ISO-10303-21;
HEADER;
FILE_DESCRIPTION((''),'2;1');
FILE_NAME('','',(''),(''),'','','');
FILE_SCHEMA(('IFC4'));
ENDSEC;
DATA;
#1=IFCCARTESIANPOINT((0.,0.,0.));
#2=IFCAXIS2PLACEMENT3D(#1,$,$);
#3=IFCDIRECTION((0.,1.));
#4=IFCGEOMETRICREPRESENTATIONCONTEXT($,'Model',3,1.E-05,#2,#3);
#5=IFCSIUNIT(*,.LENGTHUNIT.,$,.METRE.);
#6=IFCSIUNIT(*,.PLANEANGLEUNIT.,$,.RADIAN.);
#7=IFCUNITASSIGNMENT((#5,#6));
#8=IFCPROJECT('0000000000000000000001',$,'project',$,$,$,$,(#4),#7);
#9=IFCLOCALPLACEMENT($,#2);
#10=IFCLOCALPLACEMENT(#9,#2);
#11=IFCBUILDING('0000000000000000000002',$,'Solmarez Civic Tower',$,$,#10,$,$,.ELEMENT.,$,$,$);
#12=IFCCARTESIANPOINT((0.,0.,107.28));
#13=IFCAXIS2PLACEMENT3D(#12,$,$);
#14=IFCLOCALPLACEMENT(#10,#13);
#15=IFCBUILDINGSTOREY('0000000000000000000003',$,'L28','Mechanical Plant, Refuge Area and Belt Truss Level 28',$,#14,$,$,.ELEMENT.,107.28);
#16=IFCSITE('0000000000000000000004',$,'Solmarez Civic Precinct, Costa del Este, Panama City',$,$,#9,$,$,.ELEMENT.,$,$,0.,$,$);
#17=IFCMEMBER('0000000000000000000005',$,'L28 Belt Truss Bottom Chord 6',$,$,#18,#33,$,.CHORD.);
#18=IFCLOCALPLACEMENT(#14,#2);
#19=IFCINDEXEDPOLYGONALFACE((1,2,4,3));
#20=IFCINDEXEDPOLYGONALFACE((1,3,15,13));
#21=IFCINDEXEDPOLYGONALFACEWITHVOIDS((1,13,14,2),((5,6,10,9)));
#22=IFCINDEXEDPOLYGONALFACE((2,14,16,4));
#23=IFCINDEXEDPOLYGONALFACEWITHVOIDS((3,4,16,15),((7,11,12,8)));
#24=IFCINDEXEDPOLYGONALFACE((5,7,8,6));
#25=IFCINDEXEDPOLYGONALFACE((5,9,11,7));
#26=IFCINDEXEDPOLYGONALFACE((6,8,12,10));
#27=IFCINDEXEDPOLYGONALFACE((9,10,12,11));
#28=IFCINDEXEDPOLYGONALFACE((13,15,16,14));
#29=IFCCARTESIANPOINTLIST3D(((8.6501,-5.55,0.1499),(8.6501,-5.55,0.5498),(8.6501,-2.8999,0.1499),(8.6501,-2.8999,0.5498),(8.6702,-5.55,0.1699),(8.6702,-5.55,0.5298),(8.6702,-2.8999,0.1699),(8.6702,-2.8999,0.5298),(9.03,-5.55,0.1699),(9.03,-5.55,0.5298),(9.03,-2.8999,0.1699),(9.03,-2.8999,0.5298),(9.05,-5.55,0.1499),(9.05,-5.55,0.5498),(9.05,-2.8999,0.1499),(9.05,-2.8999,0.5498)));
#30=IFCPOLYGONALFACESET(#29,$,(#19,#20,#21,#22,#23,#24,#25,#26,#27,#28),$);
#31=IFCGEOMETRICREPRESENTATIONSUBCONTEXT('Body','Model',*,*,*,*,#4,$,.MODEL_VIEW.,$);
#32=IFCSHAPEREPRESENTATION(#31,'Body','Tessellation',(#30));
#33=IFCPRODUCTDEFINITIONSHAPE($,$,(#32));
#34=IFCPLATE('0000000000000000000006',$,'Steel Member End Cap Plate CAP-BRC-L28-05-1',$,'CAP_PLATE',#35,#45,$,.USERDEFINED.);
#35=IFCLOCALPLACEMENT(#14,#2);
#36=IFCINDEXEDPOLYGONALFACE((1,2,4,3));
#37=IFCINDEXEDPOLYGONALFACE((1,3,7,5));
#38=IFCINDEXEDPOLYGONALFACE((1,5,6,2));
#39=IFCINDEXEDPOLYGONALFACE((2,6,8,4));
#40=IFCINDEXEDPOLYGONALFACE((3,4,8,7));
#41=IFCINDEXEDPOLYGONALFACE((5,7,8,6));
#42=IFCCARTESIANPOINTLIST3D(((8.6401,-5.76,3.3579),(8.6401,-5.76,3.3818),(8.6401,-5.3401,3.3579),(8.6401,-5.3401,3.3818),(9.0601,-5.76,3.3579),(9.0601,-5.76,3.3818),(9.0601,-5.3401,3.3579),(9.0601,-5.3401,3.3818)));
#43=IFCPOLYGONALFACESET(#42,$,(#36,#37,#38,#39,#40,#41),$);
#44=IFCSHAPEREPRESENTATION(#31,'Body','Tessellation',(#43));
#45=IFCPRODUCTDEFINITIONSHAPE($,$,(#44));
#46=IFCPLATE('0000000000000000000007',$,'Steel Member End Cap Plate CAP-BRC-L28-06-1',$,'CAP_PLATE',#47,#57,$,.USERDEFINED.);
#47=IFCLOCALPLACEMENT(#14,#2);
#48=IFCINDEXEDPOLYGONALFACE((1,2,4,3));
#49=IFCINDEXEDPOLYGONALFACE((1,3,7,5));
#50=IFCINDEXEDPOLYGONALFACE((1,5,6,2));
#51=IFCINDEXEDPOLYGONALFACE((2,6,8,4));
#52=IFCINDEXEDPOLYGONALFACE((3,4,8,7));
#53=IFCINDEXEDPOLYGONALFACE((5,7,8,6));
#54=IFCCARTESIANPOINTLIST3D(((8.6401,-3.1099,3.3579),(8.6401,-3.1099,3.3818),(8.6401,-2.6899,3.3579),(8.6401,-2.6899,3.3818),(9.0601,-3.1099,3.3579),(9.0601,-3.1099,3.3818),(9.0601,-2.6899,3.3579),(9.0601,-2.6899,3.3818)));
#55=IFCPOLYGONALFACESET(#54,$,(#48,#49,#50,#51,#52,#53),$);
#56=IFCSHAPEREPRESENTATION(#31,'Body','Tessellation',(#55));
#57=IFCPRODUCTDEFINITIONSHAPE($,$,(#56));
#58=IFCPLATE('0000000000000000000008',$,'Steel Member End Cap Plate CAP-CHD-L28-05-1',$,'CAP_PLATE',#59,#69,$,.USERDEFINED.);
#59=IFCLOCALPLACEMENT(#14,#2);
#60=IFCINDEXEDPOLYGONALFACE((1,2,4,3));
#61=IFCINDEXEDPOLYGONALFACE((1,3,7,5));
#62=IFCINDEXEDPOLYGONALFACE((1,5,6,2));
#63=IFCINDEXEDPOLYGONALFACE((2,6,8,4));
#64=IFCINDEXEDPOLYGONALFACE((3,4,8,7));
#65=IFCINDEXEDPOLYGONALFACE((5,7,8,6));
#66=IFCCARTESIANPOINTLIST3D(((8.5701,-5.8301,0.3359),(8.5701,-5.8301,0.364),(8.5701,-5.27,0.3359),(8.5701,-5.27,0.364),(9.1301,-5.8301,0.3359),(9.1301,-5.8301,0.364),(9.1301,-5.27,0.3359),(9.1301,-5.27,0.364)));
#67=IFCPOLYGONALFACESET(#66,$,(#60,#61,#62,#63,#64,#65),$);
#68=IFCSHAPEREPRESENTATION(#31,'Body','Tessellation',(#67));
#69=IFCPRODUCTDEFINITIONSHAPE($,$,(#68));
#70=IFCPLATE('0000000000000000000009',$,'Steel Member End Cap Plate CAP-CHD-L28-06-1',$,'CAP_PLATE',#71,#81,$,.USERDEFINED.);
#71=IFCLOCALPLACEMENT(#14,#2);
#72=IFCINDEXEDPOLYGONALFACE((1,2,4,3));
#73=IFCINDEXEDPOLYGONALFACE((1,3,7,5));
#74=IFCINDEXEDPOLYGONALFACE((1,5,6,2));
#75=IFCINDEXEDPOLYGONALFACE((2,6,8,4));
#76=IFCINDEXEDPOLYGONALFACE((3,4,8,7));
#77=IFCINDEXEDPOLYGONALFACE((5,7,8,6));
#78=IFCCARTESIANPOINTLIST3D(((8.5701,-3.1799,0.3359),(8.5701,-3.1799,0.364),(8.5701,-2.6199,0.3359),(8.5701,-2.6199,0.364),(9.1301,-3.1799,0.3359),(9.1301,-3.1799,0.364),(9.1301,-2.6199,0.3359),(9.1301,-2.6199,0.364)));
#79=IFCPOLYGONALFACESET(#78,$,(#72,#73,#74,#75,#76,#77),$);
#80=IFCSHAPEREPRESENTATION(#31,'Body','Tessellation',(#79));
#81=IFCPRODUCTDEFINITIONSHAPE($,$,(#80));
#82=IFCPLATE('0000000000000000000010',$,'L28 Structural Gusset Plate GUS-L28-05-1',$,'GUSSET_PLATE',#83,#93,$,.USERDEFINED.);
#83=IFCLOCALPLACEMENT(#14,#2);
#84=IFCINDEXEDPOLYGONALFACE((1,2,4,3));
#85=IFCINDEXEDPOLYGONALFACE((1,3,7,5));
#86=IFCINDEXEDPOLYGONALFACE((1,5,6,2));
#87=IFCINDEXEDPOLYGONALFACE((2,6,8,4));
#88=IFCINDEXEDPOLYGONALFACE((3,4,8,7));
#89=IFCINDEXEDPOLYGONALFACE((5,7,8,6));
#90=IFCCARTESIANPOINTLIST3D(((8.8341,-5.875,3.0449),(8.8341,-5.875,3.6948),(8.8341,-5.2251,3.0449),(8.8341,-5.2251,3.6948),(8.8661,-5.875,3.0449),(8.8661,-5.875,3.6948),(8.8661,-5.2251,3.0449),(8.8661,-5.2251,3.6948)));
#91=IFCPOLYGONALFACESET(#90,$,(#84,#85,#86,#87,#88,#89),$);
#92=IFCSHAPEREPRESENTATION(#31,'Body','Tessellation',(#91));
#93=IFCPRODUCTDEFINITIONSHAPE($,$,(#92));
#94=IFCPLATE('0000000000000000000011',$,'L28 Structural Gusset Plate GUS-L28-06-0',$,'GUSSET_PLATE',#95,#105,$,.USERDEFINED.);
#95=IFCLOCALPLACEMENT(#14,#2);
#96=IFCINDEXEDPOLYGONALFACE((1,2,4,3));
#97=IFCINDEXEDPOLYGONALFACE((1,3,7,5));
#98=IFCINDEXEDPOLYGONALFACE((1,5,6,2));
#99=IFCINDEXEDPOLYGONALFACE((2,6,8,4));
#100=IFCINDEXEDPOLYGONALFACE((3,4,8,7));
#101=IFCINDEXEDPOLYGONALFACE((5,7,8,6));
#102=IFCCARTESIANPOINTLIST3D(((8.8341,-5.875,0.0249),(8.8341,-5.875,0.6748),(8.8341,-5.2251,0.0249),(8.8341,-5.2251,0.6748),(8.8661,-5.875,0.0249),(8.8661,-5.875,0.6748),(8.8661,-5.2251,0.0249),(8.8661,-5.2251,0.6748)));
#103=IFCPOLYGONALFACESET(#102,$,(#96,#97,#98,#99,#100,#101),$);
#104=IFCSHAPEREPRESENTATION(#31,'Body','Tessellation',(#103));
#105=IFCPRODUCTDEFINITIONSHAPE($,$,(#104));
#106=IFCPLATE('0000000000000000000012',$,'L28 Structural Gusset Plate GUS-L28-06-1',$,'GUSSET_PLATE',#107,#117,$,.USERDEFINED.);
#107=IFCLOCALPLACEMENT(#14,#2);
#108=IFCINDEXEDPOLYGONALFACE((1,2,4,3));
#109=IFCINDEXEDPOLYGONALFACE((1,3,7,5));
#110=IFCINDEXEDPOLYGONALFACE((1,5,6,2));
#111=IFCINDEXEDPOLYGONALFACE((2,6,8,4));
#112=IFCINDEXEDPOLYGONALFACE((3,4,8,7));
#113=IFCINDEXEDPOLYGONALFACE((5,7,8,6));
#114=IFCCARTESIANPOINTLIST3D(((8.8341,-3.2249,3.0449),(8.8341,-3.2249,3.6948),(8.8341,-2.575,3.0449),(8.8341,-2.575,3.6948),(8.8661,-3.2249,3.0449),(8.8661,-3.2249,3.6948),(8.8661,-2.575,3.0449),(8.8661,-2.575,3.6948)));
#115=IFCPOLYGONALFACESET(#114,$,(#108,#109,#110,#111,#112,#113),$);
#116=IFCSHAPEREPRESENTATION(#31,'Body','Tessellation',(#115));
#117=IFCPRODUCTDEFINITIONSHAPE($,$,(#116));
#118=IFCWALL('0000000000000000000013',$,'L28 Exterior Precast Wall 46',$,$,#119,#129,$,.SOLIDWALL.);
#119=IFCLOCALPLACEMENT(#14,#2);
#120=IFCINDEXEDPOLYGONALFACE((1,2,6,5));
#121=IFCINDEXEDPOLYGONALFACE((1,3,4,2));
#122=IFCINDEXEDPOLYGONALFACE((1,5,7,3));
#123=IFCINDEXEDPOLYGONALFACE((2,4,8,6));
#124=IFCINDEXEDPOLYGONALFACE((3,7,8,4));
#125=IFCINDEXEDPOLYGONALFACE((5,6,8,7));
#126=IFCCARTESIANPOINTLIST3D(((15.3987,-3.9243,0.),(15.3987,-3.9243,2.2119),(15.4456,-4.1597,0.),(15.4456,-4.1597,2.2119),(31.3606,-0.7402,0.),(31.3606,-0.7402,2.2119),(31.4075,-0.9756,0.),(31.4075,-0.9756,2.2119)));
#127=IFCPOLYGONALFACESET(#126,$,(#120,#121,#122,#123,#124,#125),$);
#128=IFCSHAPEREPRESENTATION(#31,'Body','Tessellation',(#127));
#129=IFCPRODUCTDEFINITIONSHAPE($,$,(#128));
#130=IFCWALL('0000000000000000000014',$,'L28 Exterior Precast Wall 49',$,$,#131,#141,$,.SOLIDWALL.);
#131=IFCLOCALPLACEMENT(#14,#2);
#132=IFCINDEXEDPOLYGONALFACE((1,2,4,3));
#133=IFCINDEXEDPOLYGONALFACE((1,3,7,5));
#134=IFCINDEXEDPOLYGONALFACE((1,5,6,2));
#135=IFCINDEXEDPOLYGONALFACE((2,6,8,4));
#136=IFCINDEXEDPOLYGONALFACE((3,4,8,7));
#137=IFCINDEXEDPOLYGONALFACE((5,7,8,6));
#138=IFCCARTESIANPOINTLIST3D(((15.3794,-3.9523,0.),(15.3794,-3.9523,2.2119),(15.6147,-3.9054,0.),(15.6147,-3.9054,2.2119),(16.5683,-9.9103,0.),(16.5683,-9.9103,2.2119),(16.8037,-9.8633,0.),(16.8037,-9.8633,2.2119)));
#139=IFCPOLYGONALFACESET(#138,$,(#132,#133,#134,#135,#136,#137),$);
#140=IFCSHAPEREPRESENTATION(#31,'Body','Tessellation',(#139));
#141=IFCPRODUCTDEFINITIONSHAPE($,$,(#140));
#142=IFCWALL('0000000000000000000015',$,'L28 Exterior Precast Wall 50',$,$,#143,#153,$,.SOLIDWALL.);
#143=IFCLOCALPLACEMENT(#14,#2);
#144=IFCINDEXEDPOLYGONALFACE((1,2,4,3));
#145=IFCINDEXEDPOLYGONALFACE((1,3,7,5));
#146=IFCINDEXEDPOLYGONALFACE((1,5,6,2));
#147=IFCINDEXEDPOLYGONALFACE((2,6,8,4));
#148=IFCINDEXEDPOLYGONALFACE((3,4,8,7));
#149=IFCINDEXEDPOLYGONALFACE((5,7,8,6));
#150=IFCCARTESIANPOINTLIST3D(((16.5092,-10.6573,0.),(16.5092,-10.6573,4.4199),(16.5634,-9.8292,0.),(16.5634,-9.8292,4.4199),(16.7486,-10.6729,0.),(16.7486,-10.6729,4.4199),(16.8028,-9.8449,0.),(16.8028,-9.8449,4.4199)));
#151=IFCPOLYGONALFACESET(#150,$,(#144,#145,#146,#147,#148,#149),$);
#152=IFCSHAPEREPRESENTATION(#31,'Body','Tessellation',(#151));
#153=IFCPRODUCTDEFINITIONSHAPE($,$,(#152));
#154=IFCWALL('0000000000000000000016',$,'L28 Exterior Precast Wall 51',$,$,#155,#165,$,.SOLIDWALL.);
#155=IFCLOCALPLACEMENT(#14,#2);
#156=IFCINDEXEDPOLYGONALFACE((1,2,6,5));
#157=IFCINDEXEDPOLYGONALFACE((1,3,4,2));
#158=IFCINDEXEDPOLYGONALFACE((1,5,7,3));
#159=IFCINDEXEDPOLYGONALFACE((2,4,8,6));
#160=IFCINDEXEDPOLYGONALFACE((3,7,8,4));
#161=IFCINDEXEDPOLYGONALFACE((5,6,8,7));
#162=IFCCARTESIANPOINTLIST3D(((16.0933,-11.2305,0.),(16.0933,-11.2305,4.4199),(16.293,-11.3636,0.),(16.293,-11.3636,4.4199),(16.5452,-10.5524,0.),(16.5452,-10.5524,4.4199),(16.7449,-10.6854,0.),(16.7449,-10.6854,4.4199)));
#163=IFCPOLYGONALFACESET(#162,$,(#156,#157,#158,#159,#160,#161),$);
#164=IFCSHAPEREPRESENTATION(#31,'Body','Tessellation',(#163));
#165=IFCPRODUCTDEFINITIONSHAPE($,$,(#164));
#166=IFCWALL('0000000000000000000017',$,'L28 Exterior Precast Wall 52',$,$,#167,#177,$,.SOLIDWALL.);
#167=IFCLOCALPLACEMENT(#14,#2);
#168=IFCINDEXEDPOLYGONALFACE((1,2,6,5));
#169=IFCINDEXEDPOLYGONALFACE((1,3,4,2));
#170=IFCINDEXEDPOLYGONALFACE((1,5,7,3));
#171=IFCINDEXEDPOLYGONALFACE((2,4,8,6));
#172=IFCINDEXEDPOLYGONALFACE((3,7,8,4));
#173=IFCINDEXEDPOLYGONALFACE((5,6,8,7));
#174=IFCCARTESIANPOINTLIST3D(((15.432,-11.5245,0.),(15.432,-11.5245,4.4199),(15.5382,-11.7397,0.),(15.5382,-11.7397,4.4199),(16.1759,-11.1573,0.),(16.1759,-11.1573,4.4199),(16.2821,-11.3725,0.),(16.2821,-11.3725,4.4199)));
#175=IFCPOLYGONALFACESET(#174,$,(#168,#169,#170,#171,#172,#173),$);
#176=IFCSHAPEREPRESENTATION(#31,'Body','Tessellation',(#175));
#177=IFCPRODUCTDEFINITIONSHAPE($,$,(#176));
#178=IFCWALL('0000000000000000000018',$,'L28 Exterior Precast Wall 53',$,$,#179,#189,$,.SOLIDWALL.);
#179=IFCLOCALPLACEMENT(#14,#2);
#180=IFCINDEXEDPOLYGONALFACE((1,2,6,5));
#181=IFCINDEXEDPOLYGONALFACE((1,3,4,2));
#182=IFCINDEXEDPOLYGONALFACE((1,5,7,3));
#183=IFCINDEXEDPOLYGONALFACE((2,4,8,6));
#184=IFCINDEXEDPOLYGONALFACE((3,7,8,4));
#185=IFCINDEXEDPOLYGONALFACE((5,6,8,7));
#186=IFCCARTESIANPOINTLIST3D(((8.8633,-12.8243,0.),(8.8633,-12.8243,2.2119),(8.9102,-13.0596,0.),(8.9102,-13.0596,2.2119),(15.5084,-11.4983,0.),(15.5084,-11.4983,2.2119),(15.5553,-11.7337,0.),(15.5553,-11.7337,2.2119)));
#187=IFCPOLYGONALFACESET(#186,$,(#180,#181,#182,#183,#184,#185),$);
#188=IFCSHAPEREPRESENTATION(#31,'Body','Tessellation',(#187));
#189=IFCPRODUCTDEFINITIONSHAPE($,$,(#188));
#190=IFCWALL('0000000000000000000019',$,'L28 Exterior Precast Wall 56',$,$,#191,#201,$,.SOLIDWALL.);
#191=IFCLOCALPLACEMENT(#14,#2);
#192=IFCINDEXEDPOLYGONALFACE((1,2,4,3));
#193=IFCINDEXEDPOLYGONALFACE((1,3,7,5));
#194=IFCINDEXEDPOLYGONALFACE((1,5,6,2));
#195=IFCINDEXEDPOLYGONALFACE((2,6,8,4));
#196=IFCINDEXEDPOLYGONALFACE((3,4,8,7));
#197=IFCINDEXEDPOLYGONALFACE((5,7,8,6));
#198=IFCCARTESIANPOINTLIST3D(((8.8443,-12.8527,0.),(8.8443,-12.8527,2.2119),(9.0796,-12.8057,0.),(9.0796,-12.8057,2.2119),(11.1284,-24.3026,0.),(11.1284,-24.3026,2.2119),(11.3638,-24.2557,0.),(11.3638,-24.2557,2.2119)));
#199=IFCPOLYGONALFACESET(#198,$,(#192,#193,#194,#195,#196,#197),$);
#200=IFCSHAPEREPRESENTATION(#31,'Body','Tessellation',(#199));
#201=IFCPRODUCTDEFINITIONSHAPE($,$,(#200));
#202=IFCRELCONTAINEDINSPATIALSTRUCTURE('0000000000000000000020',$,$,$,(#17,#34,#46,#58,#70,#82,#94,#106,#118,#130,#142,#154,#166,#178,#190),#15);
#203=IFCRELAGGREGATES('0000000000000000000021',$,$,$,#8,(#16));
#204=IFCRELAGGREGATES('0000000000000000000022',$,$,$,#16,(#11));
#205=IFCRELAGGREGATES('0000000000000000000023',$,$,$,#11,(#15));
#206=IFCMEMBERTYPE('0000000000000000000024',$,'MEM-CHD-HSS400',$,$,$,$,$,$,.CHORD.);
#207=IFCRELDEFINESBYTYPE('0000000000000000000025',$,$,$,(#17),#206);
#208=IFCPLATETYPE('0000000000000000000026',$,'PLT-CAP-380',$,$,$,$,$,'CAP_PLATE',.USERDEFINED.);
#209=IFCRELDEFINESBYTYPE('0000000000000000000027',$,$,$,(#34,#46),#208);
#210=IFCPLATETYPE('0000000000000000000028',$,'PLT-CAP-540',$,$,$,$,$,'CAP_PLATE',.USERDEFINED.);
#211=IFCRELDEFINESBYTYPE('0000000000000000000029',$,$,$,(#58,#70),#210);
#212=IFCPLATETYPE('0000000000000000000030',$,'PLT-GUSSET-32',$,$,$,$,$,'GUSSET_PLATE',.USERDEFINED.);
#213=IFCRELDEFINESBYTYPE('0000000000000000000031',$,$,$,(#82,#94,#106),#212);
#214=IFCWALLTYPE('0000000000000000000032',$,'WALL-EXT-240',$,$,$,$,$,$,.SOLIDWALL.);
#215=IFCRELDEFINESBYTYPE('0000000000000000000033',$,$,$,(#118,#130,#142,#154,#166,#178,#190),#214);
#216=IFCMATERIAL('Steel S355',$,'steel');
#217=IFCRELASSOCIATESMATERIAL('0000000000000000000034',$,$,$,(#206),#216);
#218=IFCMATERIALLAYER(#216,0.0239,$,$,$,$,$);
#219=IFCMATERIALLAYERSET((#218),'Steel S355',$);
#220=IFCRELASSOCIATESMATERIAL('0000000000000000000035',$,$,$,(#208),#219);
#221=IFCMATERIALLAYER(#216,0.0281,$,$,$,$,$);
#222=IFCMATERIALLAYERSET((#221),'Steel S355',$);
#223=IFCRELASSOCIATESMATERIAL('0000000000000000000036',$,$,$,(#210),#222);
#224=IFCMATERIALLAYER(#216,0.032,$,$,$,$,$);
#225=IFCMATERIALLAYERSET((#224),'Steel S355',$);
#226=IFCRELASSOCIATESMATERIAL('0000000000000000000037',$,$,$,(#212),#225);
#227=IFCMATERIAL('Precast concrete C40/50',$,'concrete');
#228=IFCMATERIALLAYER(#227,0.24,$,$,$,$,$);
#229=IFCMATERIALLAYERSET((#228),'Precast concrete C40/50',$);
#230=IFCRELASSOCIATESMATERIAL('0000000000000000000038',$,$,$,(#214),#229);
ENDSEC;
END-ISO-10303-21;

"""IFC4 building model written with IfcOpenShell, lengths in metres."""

from ifc_helpers import new_model, si_unit, direction, frame, frame_2d, origin, origin_2d, place, context, subcontext, project, spatial, rectangle, hollow_rectangle, extrude, material, layer, layer_set, material_profile, profile_set, type_object, element, save


model = new_model("IFC4")

# Units and contexts
model_context = context("Model", 3, precision=1e-05, world=origin(), true_north=direction((0.0, 1.0)))
body_context = subcontext(model_context, "Body", "Model", "MODEL_VIEW")
ifc_project = project(units=[si_unit("LENGTHUNIT", "METRE"), si_unit("PLANEANGLEUNIT", "RADIAN")], contexts=[model_context])

# Site, building, storey
site_placement = place(None, origin())
site = spatial("IfcSite", under=ifc_project, at=site_placement, Name="Solmarez Civic Precinct, Costa del Este, Panama City", CompositionType="ELEMENT", RefElevation=0.0)
building_placement = place(site_placement, origin())
building = spatial("IfcBuilding", under=site, at=building_placement, Name="Solmarez Civic Tower", CompositionType="ELEMENT")
storey_placement = place(building_placement, frame((0.0, 0.0, 107.28)))
storey = spatial("IfcBuildingStorey", under=building, at=storey_placement, Name="L28", Description="Mechanical Plant, Refuge Area and Belt Truss Level 28", CompositionType="ELEMENT", Elevation=107.28)

# Shared definitions
ifc_material_1 = material(Name="Steel S355", Category="steel")

# Member
ifc_material_profile_1 = material_profile(ifc_material_1, hollow_rectangle(XDim=0.3999, YDim=0.3999, WallThickness=0.02, at=origin_2d()), Name="HSS400X400X20")
ifc_profile_set_1 = profile_set([ifc_material_profile_1], Name="Steel S355")
member_type_1 = type_object("IfcMemberType", Name="MEM-CHD-HSS400", PredefinedType="CHORD", material=ifc_profile_set_1)
member_1_placement = place(storey_placement, frame((8.8501, -5.55, 0.3499), z_axis=(0.0, 1.0, 0.0), x_axis=(-1.0, 0.0, 0.0)))
element("IfcMember", 1, at=member_1_placement, inside=storey, type_object=member_type_1, Name="L28 Belt Truss Bottom Chord 6", PredefinedType="CHORD", context=body_context, shape_type="SweptSolid", body=[
    extrude(hollow_rectangle(XDim=0.3999, YDim=0.3999, WallThickness=0.02, at=origin_2d()), origin(), (0.0, 0.0, 1.0), 2.6501),
])

# Plates
ifc_layer_1 = layer(ifc_material_1, 0.0239)
ifc_layer_set_1 = layer_set([ifc_layer_1], Name="Steel S355")
plate_type_1 = type_object("IfcPlateType", Name="PLT-CAP-380", ElementType="CAP_PLATE", PredefinedType="USERDEFINED", material=ifc_layer_set_1)
for number, where, z_axis, x_axis, name in (
    (2, (8.8501, -5.55, 3.3579), (0.0, 0.0, 1.0), (1.0, 0.0, 0.0), "Steel Member End Cap Plate CAP-BRC-L28-05-1"),
    (3, (8.8501, -2.8999, 3.3579), (0.0, 0.0, 1.0), (1.0, 0.0, 0.0), "Steel Member End Cap Plate CAP-BRC-L28-06-1"),
):
    element("IfcPlate", number, at=place(storey_placement, frame(where, z_axis=z_axis, x_axis=x_axis)), inside=storey, type_object=plate_type_1, Name=name, ObjectType="CAP_PLATE", PredefinedType="USERDEFINED", context=body_context, shape_type="SweptSolid", body=[
        extrude(rectangle(XDim=0.4199, YDim=0.4199, at=origin_2d()), origin(), (0.0, 0.0, 1.0), 0.0239),
    ])
ifc_layer_2 = layer(ifc_material_1, 0.0281)
ifc_layer_set_2 = layer_set([ifc_layer_2], Name="Steel S355")
plate_type_2 = type_object("IfcPlateType", Name="PLT-CAP-540", ElementType="CAP_PLATE", PredefinedType="USERDEFINED", material=ifc_layer_set_2)
for number, where, z_axis, x_axis, name in (
    (4, (8.8501, -5.55, 0.3359), (0.0, 0.0, 1.0), (1.0, 0.0, 0.0), "Steel Member End Cap Plate CAP-CHD-L28-05-1"),
    (5, (8.8501, -2.8999, 0.3359), (0.0, 0.0, 1.0), (1.0, 0.0, 0.0), "Steel Member End Cap Plate CAP-CHD-L28-06-1"),
):
    element("IfcPlate", number, at=place(storey_placement, frame(where, z_axis=z_axis, x_axis=x_axis)), inside=storey, type_object=plate_type_2, Name=name, ObjectType="CAP_PLATE", PredefinedType="USERDEFINED", context=body_context, shape_type="SweptSolid", body=[
        extrude(rectangle(XDim=0.5601, YDim=0.5601, at=origin_2d()), origin(), (0.0, 0.0, 1.0), 0.0281),
    ])
ifc_layer_3 = layer(ifc_material_1, 0.032)
ifc_layer_set_3 = layer_set([ifc_layer_3], Name="Steel S355")
plate_type_3 = type_object("IfcPlateType", Name="PLT-GUSSET-32", ElementType="GUSSET_PLATE", PredefinedType="USERDEFINED", material=ifc_layer_set_3)
for number, where, z_axis, x_axis, name in (
    (6, (8.8501, -5.55, 3.0449), (0.0, 0.0, 1.0), (0.0, 1.0, 0.0), "L28 Structural Gusset Plate GUS-L28-05-1"),
    (7, (8.8501, -5.55, 0.0249), (0.0, 0.0, 1.0), (0.0, 1.0, 0.0), "L28 Structural Gusset Plate GUS-L28-06-0"),
    (8, (8.8501, -2.8999, 3.0449), (0.0, 0.0, 1.0), (0.0, 1.0, 0.0), "L28 Structural Gusset Plate GUS-L28-06-1"),
):
    element("IfcPlate", number, at=place(storey_placement, frame(where, z_axis=z_axis, x_axis=x_axis)), inside=storey, type_object=plate_type_3, Name=name, ObjectType="GUSSET_PLATE", PredefinedType="USERDEFINED", context=body_context, shape_type="SweptSolid", body=[
        extrude(rectangle(XDim=0.6499, YDim=0.032, at=origin_2d()), origin(), (0.0, 0.0, 1.0), 0.6499),
    ])

# Walls
ifc_material_2 = material(Name="Precast concrete C40/50", Category="concrete")
ifc_layer_4 = layer(ifc_material_2, 0.24)
ifc_layer_set_4 = layer_set([ifc_layer_4], Name="Precast concrete C40/50")
wall_type_1 = type_object("IfcWallType", Name="WALL-EXT-240", PredefinedType="SOLIDWALL", material=ifc_layer_set_4)
wall_1_placement = place(storey_placement, frame((31.384, -0.8579, 0.0), z_axis=(0.0, 0.0, 1.0), x_axis=(-0.980679, -0.195626, 0.0)))
element("IfcWall", 9, at=wall_1_placement, inside=storey, type_object=wall_type_1, Name="L28 Exterior Precast Wall 46", PredefinedType="SOLIDWALL", context=body_context, shape_type="SweptSolid", body=[
    extrude(rectangle(XDim=16.2764, YDim=0.24, at=frame_2d((8.1382, 0.0))), origin(), (0.0, 0.0, 1.0), 2.2119),
])
wall_2_placement = place(storey_placement, frame((15.4971, -3.929, 0.0), z_axis=(0.0, 0.0, 1.0), x_axis=(0.195699, -0.980664, 0.0)))
element("IfcWall", 10, at=wall_2_placement, inside=storey, type_object=wall_type_1, Name="L28 Exterior Precast Wall 49", PredefinedType="SOLIDWALL", context=body_context, shape_type="SweptSolid", body=[
    extrude(rectangle(XDim=6.0754, YDim=0.24, at=frame_2d((3.0376, 0.0))), origin(), (0.0, 0.0, 1.0), 2.2119),
])
wall_3_placement = place(storey_placement, frame((16.6831, -9.8369, 0.0), z_axis=(0.0, 0.0, 1.0), x_axis=(-0.065308, -0.997865, 0.0)))
element("IfcWall", 11, at=wall_3_placement, inside=storey, type_object=wall_type_1, Name="L28 Exterior Precast Wall 50", PredefinedType="SOLIDWALL", context=body_context, shape_type="SweptSolid", body=[
    extrude(rectangle(XDim=0.8298, YDim=0.24, at=frame_2d((0.415, 0.0))), origin(), (0.0, 0.0, 1.0), 4.4199),
])
wall_4_placement = place(storey_placement, frame((16.645, -10.6189, 0.0), z_axis=(0.0, 0.0, 1.0), x_axis=(-0.554493, -0.832189, 0.0)))
element("IfcWall", 12, at=wall_4_placement, inside=storey, type_object=wall_type_1, Name="L28 Exterior Precast Wall 51", PredefinedType="SOLIDWALL", context=body_context, shape_type="SweptSolid", body=[
    extrude(rectangle(XDim=0.8149, YDim=0.24, at=frame_2d((0.4075, 0.0))), origin(), (0.0, 0.0, 1.0), 4.4199),
])
wall_5_placement = place(storey_placement, frame((16.229, -11.2649, 0.0), z_axis=(0.0, 0.0, 1.0), x_axis=(-0.896711, -0.442617, 0.0)))
element("IfcWall", 13, at=wall_5_placement, inside=storey, type_object=wall_type_1, Name="L28 Exterior Precast Wall 52", PredefinedType="SOLIDWALL", context=body_context, shape_type="SweptSolid", body=[
    extrude(rectangle(XDim=0.8296, YDim=0.24, at=frame_2d((0.4148, 0.0))), origin(), (0.0, 0.0, 1.0), 4.4199),
])
wall_6_placement = place(storey_placement, frame((15.532, -11.616, 0.0), z_axis=(0.0, 0.0, 1.0), x_axis=(-0.980668, -0.19568, 0.0)))
element("IfcWall", 14, at=wall_6_placement, inside=storey, type_object=wall_type_1, Name="L28 Exterior Precast Wall 53", PredefinedType="SOLIDWALL", context=body_context, shape_type="SweptSolid", body=[
    extrude(rectangle(XDim=6.7761, YDim=0.24, at=frame_2d((3.3882, 0.0))), origin(), (0.0, 0.0, 1.0), 2.2119),
])
wall_7_placement = place(storey_placement, frame((8.9619, -12.8291, 0.0), z_axis=(0.0, 0.0, 1.0), x_axis=(0.195638, -0.980676, 0.0)))
element("IfcWall", 15, at=wall_7_placement, inside=storey, type_object=wall_type_1, Name="L28 Exterior Precast Wall 56", PredefinedType="SOLIDWALL", context=body_context, shape_type="SweptSolid", body=[
    extrude(rectangle(XDim=11.6755, YDim=0.24, at=frame_2d((5.8379, 0.0))), origin(), (0.0, 0.0, 1.0), 2.2119),
])

save(model, "model.ifc")
